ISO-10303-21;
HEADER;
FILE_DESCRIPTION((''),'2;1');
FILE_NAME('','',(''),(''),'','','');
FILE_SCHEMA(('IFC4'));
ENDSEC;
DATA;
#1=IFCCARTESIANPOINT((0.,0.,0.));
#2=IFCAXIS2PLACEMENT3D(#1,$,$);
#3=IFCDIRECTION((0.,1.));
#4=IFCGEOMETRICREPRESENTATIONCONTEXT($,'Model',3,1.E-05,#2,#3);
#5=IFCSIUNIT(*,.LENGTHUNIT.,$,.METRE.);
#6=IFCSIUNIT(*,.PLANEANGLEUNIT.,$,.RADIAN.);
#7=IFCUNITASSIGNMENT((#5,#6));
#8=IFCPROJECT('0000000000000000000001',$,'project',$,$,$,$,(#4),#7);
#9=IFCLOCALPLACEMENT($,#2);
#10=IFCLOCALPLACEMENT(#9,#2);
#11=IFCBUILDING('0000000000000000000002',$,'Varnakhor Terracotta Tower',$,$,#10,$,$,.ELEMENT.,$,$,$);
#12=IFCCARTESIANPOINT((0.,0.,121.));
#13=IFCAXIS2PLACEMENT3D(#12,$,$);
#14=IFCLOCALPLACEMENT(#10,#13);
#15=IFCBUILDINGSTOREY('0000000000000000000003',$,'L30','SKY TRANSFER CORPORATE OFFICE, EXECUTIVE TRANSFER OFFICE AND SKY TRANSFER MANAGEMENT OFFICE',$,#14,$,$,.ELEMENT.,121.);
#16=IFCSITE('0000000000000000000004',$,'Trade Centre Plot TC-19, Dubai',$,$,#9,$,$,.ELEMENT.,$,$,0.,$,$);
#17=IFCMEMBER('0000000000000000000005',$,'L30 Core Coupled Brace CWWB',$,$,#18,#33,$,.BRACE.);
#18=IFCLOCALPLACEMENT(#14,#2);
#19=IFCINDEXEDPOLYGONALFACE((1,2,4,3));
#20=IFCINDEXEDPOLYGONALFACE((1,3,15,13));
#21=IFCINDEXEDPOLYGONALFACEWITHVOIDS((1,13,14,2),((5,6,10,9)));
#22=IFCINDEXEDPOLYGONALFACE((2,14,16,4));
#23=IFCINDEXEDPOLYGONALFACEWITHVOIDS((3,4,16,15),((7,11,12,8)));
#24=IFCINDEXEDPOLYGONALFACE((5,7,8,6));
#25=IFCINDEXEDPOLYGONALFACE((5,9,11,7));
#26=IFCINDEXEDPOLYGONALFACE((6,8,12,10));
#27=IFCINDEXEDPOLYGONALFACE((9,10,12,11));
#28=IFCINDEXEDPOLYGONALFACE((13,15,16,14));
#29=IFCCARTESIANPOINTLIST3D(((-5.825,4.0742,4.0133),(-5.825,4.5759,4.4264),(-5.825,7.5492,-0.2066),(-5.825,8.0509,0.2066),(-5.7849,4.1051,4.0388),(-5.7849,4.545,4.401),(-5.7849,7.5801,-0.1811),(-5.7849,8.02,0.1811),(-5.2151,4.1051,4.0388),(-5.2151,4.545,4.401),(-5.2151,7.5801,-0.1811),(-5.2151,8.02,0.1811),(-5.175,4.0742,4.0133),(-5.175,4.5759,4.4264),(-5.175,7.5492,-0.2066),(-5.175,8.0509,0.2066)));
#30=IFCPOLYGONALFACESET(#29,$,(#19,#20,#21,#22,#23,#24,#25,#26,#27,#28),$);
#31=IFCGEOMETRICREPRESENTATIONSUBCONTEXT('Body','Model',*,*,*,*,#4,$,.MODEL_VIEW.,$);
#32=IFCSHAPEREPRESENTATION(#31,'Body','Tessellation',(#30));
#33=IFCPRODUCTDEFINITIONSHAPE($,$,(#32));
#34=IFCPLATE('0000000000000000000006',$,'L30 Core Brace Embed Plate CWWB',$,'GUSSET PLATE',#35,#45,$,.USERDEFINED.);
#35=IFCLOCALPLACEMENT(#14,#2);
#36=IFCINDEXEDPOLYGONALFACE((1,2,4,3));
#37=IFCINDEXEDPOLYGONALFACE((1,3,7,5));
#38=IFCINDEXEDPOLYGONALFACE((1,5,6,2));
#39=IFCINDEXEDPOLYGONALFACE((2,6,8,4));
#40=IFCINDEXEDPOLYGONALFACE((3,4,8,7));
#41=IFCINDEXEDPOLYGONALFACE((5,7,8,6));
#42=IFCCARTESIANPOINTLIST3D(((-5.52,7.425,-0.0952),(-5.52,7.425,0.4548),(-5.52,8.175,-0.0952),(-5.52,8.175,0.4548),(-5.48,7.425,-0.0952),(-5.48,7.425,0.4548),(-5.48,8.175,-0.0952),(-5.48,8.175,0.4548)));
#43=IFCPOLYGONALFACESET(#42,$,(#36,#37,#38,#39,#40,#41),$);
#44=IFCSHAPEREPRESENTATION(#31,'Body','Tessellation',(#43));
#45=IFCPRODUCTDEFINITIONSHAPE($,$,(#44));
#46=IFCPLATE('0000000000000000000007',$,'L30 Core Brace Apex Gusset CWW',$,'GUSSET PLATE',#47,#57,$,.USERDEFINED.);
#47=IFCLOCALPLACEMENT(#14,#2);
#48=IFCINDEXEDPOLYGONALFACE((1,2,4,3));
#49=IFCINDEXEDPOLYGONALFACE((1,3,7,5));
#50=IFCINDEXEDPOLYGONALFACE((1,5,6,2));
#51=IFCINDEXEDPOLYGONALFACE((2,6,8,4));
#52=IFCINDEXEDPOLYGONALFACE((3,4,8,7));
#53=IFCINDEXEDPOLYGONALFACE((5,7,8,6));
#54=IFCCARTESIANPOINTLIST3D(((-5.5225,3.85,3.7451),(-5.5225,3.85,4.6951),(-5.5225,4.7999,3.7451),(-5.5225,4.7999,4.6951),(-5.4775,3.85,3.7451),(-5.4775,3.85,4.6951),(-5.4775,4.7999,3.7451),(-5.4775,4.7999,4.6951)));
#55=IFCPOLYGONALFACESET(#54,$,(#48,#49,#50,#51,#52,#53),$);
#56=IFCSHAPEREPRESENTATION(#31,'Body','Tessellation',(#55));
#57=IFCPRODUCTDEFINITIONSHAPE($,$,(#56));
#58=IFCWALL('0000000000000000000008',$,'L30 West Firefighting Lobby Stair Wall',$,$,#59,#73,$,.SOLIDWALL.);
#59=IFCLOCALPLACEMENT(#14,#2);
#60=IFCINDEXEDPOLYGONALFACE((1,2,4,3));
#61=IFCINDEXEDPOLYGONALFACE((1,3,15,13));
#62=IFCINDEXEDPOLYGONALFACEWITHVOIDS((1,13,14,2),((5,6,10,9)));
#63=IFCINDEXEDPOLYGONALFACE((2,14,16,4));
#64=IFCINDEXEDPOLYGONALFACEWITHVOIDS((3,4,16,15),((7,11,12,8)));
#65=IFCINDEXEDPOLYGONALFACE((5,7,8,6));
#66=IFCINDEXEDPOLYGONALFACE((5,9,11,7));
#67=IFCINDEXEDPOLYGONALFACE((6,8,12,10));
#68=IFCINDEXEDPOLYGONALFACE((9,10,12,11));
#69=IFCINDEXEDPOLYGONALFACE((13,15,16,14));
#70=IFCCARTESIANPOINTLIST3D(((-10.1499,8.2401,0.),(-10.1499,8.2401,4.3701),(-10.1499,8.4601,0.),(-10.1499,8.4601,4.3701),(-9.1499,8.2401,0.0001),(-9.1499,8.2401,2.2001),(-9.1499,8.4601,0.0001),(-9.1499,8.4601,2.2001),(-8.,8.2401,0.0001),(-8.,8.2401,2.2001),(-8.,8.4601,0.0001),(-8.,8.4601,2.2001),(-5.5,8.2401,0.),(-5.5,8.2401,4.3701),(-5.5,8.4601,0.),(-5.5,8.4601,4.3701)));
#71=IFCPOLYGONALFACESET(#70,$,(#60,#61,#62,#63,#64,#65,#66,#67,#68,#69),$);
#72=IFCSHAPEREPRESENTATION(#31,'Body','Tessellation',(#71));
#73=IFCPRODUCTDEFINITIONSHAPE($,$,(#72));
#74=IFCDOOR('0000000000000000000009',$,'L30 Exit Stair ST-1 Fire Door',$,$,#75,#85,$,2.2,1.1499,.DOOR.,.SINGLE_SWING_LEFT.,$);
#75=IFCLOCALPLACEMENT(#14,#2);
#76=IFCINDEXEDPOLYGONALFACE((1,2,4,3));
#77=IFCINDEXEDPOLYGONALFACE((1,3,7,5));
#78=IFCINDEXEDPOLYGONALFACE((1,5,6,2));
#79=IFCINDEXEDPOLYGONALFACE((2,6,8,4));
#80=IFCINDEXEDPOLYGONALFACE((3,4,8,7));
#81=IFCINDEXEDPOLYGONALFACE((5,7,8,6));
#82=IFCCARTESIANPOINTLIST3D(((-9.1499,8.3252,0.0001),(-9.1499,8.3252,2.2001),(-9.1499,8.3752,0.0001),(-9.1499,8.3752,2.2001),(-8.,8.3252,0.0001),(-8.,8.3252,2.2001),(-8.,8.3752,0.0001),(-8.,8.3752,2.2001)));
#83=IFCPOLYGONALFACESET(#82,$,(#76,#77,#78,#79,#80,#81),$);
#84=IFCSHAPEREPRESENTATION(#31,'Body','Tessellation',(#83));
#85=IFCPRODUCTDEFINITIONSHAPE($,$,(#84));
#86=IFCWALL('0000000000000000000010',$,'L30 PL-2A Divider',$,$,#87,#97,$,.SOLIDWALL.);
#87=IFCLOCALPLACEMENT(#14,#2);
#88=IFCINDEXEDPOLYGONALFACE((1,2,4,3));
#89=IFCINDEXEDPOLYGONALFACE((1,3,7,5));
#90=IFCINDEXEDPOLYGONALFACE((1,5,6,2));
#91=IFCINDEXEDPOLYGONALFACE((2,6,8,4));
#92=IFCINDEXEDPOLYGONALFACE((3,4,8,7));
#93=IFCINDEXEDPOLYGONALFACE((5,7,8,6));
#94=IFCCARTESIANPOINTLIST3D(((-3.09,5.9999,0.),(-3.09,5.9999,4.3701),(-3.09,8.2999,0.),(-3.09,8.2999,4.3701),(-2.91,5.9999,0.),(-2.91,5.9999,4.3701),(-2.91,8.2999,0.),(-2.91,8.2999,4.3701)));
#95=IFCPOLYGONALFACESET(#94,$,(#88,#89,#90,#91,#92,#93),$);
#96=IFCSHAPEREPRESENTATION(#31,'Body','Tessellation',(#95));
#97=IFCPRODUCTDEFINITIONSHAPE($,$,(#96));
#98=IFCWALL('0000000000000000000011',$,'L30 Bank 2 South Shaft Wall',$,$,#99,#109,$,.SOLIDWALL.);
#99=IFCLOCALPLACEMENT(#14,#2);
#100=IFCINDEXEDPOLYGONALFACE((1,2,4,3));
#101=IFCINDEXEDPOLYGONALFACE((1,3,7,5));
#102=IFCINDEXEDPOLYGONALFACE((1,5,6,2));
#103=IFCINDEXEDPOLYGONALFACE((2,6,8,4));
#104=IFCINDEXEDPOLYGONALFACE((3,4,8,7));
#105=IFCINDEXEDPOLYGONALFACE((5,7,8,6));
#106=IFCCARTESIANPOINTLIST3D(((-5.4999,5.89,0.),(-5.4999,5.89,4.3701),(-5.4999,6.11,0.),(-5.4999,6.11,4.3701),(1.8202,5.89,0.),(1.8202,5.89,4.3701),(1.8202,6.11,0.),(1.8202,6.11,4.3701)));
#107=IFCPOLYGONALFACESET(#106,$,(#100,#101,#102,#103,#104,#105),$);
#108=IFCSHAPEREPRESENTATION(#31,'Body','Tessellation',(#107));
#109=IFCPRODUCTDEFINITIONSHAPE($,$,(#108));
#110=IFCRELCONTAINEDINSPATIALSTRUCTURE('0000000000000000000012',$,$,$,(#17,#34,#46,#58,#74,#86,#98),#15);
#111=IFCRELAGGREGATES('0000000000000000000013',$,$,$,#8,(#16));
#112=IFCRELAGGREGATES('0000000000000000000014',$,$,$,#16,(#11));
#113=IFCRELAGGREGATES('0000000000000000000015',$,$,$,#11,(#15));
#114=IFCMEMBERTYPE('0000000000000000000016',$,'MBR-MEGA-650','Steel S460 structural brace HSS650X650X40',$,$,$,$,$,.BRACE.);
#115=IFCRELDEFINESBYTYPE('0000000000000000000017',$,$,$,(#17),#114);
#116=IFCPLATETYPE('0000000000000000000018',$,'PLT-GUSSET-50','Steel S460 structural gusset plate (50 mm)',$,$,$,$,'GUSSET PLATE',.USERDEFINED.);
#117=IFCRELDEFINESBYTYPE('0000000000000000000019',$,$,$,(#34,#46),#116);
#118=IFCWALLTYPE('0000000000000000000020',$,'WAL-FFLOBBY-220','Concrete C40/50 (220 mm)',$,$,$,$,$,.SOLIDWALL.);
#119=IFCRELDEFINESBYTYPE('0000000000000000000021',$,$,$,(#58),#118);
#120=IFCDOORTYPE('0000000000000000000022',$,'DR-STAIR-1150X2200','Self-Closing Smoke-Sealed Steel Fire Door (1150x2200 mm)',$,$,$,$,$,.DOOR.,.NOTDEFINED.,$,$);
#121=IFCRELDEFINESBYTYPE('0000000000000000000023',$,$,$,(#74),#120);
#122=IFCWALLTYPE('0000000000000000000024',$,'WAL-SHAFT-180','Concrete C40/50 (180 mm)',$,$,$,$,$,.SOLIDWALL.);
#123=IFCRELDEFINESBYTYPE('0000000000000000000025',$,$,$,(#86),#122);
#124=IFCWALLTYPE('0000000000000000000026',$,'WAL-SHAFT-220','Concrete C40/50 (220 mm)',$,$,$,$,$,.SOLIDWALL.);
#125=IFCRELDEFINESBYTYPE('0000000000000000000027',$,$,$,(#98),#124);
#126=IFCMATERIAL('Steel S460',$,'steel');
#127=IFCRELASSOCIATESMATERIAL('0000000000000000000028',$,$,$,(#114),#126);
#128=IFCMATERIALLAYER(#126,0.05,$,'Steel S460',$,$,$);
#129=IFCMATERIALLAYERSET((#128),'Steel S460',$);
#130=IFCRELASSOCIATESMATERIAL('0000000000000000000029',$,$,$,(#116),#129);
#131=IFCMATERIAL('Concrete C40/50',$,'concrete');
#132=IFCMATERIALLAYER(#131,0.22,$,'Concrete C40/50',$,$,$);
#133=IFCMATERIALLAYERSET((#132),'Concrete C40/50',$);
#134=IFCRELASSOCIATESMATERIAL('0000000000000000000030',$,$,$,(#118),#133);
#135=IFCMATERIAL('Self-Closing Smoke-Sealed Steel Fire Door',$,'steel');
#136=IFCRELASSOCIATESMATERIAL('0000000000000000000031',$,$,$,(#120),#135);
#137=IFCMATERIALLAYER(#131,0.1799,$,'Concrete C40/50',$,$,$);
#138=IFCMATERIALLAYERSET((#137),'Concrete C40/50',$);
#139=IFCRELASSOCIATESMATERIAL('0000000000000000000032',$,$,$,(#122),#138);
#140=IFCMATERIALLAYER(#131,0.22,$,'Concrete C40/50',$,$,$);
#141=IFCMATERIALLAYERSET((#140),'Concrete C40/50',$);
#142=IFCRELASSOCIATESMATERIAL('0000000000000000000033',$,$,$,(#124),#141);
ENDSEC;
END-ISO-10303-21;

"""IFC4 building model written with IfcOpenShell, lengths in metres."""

from ifc_helpers import new_model, si_unit, direction, frame, frame_2d, origin, origin_2d, place, context, subcontext, project, spatial, rectangle, hollow_rectangle, extrude, source, transform, mapped, material, layer, layer_set, material_profile, profile_set, type_object, type_shapes, element, fill, save


model = new_model("IFC4")

# Units and contexts
model_context = context("Model", 3, precision=1e-05, world=origin(), true_north=direction((0.0, 1.0)))
body_context = subcontext(model_context, "Body", "Model", "MODEL_VIEW")
ifc_project = project(units=[si_unit("LENGTHUNIT", "METRE"), si_unit("PLANEANGLEUNIT", "RADIAN")], contexts=[model_context])

# Site, building, storey
site_placement = place(None, origin())
site = spatial("IfcSite", under=ifc_project, at=site_placement, Name="Trade Centre Plot TC-19, Dubai", CompositionType="ELEMENT", RefElevation=0.0)
building_placement = place(site_placement, origin())
building = spatial("IfcBuilding", under=site, at=building_placement, Name="Varnakhor Terracotta Tower", CompositionType="ELEMENT")
storey_placement = place(building_placement, frame((0.0, 0.0, 121.0)))
storey = spatial("IfcBuildingStorey", under=building, at=storey_placement, Name="L30", Description="SKY TRANSFER CORPORATE OFFICE, EXECUTIVE TRANSFER OFFICE AND SKY TRANSFER MANAGEMENT OFFICE", CompositionType="ELEMENT", Elevation=121.0)

# Member
ifc_material_1 = material(Name="Steel S460", Category="steel")
ifc_material_profile = material_profile(ifc_material_1, hollow_rectangle(XDim=0.6499, YDim=0.6499, WallThickness=0.04, at=origin_2d()), Name="HSS650X650X40")
ifc_profile_set = profile_set([ifc_material_profile], Name="Steel S460")
member_type = type_object("IfcMemberType", Name="MBR-MEGA-650", Description="Steel S460 structural brace HSS650X650X40", PredefinedType="BRACE", material=ifc_profile_set)
shared_shape_1 = source(origin(), body_context, "Body", "SweptSolid", [
    extrude(hollow_rectangle(XDim=0.6499, YDim=0.6499, WallThickness=0.04, at=origin_2d()), origin(), (0.0, 0.0, 1.0), 5.4666),
])
member_placement = place(storey_placement, frame((-5.5, 7.8, 0.0), z_axis=(0.0, -0.635688, 0.771946), x_axis=(1.0, 0.0, 0.0)))
element("IfcMember", 1, at=member_placement, inside=storey, type_object=member_type, Name="L30 Core Coupled Brace CWWB", PredefinedType="BRACE", context=body_context, shape_type="MappedRepresentation", body=[
    mapped(shared_shape_1, transform((0.0, 0.0, 0.0), scale=1.0)),
])

# Plates
ifc_layer_1 = layer(ifc_material_1, 0.05, Name="Steel S460")
ifc_layer_set_1 = layer_set([ifc_layer_1], Name="Steel S460")
plate_type = type_object("IfcPlateType", Name="PLT-GUSSET-50", Description="Steel S460 structural gusset plate (50 mm)", ElementType="GUSSET PLATE", PredefinedType="USERDEFINED", material=ifc_layer_set_1)
shared_shape_2 = source(origin(), body_context, "Body", "SweptSolid", [
    extrude(rectangle(XDim=0.75, YDim=0.04, at=origin_2d()), origin(), (0.0, 0.0, 1.0), 0.55),
])
type_shapes(plate_type, [shared_shape_2])
plate_1_placement = place(storey_placement, frame((-5.5, 7.8, -0.0952), z_axis=(0.0, 0.0, 1.0), x_axis=(0.0, 1.0, 0.0)))
element("IfcPlate", 2, at=plate_1_placement, inside=storey, type_object=plate_type, Name="L30 Core Brace Embed Plate CWWB", ObjectType="GUSSET PLATE", PredefinedType="USERDEFINED", context=body_context, shape_type="MappedRepresentation", body=[
    mapped(shared_shape_2, transform((0.0, 0.0, 0.0), scale=1.0)),
])
shared_shape_3 = source(origin(), body_context, "Body", "SweptSolid", [
    extrude(rectangle(XDim=0.95, YDim=0.0449, at=origin_2d()), origin(), (0.0, 0.0, 1.0), 0.95),
])
plate_2_placement = place(storey_placement, frame((-5.5, 4.325, 3.7451), z_axis=(0.0, 0.0, 1.0), x_axis=(0.0, 1.0, 0.0)))
element("IfcPlate", 3, at=plate_2_placement, inside=storey, type_object=plate_type, Name="L30 Core Brace Apex Gusset CWW", ObjectType="GUSSET PLATE", PredefinedType="USERDEFINED", context=body_context, shape_type="MappedRepresentation", body=[
    mapped(shared_shape_3, transform((0.0, 0.0, 0.0), scale=1.0)),
])

# Wall, opening, door
ifc_material_2 = material(Name="Concrete C40/50", Category="concrete")
ifc_layer_2 = layer(ifc_material_2, 0.22, Name="Concrete C40/50")
ifc_layer_set_2 = layer_set([ifc_layer_2], Name="Concrete C40/50")
wall_type_1 = type_object("IfcWallType", Name="WAL-FFLOBBY-220", Description="Concrete C40/50 (220 mm)", PredefinedType="SOLIDWALL", material=ifc_layer_set_2)
wall_1_placement = place(storey_placement, frame((-5.5, 8.3501, 0.0), z_axis=(0.0, 0.0, 1.0), x_axis=(-1.0, 0.0, 0.0)))
wall_1 = element("IfcWall", 4, at=wall_1_placement, inside=storey, type_object=wall_type_1, Name="L30 West Firefighting Lobby Stair Wall", PredefinedType="SOLIDWALL", context=body_context, shape_type="SweptSolid", body=[
    extrude(rectangle(XDim=4.6499, YDim=0.22, at=frame_2d((2.325, 0.0))), origin(), (0.0, 0.0, 1.0), 4.3701),
])
opening_1_placement = place(wall_1_placement, frame((2.5, 0.0, 0.0)))
opening_1 = element("IfcOpeningElement", 5, at=opening_1_placement, cuts=wall_1, PredefinedType="OPENING", context=body_context, shape_type="SweptSolid", body=[
    extrude(rectangle(XDim=1.1499, YDim=2.2, at=frame_2d((0.575, 1.1001))), frame((0.0, 0.1201, 0.0), z_axis=(0.0, -1.0, 0.0), x_axis=(1.0, 0.0, 0.0)), (0.0, 0.0, 1.0), 0.24),
])
ifc_material_3 = material(Name="Self-Closing Smoke-Sealed Steel Fire Door", Category="steel")
door_type_1 = type_object("IfcDoorType", Name="DR-STAIR-1150X2200", Description="Self-Closing Smoke-Sealed Steel Fire Door (1150x2200 mm)", OperationType="NOTDEFINED", PredefinedType="DOOR", material=ifc_material_3)
shared_shape_4 = source(origin(), body_context, "Body", "SweptSolid", [
    extrude(rectangle(XDim=1.1499, YDim=2.2, at=frame_2d((0.575, 1.1001))), frame((0.0, 0.0249, 0.0), z_axis=(0.0, -1.0, 0.0), x_axis=(1.0, 0.0, 0.0)), (0.0, 0.0, 1.0), 0.05),
])
type_shapes(door_type_1, [shared_shape_4])
door_1_placement = place(opening_1_placement, origin())
door_1 = element("IfcDoor", 6, at=door_1_placement, inside=storey, type_object=door_type_1, Name="L30 Exit Stair ST-1 Fire Door", OperationType="SINGLE_SWING_LEFT", OverallHeight=2.2, OverallWidth=1.1499, PredefinedType="DOOR", context=body_context, shape_type="MappedRepresentation", body=[
    mapped(shared_shape_4, transform((0.0, 0.0, 0.0), scale=1.0)),
])
fill(opening_1, door_1)

# Walls
ifc_layer_3 = layer(ifc_material_2, 0.1799, Name="Concrete C40/50")
ifc_layer_set_3 = layer_set([ifc_layer_3], Name="Concrete C40/50")
wall_type_2 = type_object("IfcWallType", Name="WAL-SHAFT-180", Description="Concrete C40/50 (180 mm)", PredefinedType="SOLIDWALL", material=ifc_layer_set_3)
wall_2_placement = place(storey_placement, frame((-3.0, 6.0, 0.0), z_axis=(0.0, 0.0, 1.0), x_axis=(0.0, 1.0, 0.0)))
element("IfcWall", 7, at=wall_2_placement, inside=storey, type_object=wall_type_2, Name="L30 PL-2A Divider", PredefinedType="SOLIDWALL", context=body_context, shape_type="SweptSolid", body=[
    extrude(rectangle(XDim=2.3, YDim=0.1799, at=frame_2d((1.1499, 0.0))), origin(), (0.0, 0.0, 1.0), 4.3701),
])
ifc_layer_4 = layer(ifc_material_2, 0.22, Name="Concrete C40/50")
ifc_layer_set_4 = layer_set([ifc_layer_4], Name="Concrete C40/50")
wall_type_3 = type_object("IfcWallType", Name="WAL-SHAFT-220", Description="Concrete C40/50 (220 mm)", PredefinedType="SOLIDWALL", material=ifc_layer_set_4)
wall_3_placement = place(storey_placement, frame((-5.5, 6.0, 0.0), z_axis=(0.0, 0.0, 1.0), x_axis=(1.0, 0.0, 0.0)))
element("IfcWall", 8, at=wall_3_placement, inside=storey, type_object=wall_type_3, Name="L30 Bank 2 South Shaft Wall", PredefinedType="SOLIDWALL", context=body_context, shape_type="SweptSolid", body=[
    extrude(rectangle(XDim=7.3201, YDim=0.22, at=frame_2d((3.6602, 0.0))), origin(), (0.0, 0.0, 1.0), 4.3701),
])

save(model, "model.ifc")
